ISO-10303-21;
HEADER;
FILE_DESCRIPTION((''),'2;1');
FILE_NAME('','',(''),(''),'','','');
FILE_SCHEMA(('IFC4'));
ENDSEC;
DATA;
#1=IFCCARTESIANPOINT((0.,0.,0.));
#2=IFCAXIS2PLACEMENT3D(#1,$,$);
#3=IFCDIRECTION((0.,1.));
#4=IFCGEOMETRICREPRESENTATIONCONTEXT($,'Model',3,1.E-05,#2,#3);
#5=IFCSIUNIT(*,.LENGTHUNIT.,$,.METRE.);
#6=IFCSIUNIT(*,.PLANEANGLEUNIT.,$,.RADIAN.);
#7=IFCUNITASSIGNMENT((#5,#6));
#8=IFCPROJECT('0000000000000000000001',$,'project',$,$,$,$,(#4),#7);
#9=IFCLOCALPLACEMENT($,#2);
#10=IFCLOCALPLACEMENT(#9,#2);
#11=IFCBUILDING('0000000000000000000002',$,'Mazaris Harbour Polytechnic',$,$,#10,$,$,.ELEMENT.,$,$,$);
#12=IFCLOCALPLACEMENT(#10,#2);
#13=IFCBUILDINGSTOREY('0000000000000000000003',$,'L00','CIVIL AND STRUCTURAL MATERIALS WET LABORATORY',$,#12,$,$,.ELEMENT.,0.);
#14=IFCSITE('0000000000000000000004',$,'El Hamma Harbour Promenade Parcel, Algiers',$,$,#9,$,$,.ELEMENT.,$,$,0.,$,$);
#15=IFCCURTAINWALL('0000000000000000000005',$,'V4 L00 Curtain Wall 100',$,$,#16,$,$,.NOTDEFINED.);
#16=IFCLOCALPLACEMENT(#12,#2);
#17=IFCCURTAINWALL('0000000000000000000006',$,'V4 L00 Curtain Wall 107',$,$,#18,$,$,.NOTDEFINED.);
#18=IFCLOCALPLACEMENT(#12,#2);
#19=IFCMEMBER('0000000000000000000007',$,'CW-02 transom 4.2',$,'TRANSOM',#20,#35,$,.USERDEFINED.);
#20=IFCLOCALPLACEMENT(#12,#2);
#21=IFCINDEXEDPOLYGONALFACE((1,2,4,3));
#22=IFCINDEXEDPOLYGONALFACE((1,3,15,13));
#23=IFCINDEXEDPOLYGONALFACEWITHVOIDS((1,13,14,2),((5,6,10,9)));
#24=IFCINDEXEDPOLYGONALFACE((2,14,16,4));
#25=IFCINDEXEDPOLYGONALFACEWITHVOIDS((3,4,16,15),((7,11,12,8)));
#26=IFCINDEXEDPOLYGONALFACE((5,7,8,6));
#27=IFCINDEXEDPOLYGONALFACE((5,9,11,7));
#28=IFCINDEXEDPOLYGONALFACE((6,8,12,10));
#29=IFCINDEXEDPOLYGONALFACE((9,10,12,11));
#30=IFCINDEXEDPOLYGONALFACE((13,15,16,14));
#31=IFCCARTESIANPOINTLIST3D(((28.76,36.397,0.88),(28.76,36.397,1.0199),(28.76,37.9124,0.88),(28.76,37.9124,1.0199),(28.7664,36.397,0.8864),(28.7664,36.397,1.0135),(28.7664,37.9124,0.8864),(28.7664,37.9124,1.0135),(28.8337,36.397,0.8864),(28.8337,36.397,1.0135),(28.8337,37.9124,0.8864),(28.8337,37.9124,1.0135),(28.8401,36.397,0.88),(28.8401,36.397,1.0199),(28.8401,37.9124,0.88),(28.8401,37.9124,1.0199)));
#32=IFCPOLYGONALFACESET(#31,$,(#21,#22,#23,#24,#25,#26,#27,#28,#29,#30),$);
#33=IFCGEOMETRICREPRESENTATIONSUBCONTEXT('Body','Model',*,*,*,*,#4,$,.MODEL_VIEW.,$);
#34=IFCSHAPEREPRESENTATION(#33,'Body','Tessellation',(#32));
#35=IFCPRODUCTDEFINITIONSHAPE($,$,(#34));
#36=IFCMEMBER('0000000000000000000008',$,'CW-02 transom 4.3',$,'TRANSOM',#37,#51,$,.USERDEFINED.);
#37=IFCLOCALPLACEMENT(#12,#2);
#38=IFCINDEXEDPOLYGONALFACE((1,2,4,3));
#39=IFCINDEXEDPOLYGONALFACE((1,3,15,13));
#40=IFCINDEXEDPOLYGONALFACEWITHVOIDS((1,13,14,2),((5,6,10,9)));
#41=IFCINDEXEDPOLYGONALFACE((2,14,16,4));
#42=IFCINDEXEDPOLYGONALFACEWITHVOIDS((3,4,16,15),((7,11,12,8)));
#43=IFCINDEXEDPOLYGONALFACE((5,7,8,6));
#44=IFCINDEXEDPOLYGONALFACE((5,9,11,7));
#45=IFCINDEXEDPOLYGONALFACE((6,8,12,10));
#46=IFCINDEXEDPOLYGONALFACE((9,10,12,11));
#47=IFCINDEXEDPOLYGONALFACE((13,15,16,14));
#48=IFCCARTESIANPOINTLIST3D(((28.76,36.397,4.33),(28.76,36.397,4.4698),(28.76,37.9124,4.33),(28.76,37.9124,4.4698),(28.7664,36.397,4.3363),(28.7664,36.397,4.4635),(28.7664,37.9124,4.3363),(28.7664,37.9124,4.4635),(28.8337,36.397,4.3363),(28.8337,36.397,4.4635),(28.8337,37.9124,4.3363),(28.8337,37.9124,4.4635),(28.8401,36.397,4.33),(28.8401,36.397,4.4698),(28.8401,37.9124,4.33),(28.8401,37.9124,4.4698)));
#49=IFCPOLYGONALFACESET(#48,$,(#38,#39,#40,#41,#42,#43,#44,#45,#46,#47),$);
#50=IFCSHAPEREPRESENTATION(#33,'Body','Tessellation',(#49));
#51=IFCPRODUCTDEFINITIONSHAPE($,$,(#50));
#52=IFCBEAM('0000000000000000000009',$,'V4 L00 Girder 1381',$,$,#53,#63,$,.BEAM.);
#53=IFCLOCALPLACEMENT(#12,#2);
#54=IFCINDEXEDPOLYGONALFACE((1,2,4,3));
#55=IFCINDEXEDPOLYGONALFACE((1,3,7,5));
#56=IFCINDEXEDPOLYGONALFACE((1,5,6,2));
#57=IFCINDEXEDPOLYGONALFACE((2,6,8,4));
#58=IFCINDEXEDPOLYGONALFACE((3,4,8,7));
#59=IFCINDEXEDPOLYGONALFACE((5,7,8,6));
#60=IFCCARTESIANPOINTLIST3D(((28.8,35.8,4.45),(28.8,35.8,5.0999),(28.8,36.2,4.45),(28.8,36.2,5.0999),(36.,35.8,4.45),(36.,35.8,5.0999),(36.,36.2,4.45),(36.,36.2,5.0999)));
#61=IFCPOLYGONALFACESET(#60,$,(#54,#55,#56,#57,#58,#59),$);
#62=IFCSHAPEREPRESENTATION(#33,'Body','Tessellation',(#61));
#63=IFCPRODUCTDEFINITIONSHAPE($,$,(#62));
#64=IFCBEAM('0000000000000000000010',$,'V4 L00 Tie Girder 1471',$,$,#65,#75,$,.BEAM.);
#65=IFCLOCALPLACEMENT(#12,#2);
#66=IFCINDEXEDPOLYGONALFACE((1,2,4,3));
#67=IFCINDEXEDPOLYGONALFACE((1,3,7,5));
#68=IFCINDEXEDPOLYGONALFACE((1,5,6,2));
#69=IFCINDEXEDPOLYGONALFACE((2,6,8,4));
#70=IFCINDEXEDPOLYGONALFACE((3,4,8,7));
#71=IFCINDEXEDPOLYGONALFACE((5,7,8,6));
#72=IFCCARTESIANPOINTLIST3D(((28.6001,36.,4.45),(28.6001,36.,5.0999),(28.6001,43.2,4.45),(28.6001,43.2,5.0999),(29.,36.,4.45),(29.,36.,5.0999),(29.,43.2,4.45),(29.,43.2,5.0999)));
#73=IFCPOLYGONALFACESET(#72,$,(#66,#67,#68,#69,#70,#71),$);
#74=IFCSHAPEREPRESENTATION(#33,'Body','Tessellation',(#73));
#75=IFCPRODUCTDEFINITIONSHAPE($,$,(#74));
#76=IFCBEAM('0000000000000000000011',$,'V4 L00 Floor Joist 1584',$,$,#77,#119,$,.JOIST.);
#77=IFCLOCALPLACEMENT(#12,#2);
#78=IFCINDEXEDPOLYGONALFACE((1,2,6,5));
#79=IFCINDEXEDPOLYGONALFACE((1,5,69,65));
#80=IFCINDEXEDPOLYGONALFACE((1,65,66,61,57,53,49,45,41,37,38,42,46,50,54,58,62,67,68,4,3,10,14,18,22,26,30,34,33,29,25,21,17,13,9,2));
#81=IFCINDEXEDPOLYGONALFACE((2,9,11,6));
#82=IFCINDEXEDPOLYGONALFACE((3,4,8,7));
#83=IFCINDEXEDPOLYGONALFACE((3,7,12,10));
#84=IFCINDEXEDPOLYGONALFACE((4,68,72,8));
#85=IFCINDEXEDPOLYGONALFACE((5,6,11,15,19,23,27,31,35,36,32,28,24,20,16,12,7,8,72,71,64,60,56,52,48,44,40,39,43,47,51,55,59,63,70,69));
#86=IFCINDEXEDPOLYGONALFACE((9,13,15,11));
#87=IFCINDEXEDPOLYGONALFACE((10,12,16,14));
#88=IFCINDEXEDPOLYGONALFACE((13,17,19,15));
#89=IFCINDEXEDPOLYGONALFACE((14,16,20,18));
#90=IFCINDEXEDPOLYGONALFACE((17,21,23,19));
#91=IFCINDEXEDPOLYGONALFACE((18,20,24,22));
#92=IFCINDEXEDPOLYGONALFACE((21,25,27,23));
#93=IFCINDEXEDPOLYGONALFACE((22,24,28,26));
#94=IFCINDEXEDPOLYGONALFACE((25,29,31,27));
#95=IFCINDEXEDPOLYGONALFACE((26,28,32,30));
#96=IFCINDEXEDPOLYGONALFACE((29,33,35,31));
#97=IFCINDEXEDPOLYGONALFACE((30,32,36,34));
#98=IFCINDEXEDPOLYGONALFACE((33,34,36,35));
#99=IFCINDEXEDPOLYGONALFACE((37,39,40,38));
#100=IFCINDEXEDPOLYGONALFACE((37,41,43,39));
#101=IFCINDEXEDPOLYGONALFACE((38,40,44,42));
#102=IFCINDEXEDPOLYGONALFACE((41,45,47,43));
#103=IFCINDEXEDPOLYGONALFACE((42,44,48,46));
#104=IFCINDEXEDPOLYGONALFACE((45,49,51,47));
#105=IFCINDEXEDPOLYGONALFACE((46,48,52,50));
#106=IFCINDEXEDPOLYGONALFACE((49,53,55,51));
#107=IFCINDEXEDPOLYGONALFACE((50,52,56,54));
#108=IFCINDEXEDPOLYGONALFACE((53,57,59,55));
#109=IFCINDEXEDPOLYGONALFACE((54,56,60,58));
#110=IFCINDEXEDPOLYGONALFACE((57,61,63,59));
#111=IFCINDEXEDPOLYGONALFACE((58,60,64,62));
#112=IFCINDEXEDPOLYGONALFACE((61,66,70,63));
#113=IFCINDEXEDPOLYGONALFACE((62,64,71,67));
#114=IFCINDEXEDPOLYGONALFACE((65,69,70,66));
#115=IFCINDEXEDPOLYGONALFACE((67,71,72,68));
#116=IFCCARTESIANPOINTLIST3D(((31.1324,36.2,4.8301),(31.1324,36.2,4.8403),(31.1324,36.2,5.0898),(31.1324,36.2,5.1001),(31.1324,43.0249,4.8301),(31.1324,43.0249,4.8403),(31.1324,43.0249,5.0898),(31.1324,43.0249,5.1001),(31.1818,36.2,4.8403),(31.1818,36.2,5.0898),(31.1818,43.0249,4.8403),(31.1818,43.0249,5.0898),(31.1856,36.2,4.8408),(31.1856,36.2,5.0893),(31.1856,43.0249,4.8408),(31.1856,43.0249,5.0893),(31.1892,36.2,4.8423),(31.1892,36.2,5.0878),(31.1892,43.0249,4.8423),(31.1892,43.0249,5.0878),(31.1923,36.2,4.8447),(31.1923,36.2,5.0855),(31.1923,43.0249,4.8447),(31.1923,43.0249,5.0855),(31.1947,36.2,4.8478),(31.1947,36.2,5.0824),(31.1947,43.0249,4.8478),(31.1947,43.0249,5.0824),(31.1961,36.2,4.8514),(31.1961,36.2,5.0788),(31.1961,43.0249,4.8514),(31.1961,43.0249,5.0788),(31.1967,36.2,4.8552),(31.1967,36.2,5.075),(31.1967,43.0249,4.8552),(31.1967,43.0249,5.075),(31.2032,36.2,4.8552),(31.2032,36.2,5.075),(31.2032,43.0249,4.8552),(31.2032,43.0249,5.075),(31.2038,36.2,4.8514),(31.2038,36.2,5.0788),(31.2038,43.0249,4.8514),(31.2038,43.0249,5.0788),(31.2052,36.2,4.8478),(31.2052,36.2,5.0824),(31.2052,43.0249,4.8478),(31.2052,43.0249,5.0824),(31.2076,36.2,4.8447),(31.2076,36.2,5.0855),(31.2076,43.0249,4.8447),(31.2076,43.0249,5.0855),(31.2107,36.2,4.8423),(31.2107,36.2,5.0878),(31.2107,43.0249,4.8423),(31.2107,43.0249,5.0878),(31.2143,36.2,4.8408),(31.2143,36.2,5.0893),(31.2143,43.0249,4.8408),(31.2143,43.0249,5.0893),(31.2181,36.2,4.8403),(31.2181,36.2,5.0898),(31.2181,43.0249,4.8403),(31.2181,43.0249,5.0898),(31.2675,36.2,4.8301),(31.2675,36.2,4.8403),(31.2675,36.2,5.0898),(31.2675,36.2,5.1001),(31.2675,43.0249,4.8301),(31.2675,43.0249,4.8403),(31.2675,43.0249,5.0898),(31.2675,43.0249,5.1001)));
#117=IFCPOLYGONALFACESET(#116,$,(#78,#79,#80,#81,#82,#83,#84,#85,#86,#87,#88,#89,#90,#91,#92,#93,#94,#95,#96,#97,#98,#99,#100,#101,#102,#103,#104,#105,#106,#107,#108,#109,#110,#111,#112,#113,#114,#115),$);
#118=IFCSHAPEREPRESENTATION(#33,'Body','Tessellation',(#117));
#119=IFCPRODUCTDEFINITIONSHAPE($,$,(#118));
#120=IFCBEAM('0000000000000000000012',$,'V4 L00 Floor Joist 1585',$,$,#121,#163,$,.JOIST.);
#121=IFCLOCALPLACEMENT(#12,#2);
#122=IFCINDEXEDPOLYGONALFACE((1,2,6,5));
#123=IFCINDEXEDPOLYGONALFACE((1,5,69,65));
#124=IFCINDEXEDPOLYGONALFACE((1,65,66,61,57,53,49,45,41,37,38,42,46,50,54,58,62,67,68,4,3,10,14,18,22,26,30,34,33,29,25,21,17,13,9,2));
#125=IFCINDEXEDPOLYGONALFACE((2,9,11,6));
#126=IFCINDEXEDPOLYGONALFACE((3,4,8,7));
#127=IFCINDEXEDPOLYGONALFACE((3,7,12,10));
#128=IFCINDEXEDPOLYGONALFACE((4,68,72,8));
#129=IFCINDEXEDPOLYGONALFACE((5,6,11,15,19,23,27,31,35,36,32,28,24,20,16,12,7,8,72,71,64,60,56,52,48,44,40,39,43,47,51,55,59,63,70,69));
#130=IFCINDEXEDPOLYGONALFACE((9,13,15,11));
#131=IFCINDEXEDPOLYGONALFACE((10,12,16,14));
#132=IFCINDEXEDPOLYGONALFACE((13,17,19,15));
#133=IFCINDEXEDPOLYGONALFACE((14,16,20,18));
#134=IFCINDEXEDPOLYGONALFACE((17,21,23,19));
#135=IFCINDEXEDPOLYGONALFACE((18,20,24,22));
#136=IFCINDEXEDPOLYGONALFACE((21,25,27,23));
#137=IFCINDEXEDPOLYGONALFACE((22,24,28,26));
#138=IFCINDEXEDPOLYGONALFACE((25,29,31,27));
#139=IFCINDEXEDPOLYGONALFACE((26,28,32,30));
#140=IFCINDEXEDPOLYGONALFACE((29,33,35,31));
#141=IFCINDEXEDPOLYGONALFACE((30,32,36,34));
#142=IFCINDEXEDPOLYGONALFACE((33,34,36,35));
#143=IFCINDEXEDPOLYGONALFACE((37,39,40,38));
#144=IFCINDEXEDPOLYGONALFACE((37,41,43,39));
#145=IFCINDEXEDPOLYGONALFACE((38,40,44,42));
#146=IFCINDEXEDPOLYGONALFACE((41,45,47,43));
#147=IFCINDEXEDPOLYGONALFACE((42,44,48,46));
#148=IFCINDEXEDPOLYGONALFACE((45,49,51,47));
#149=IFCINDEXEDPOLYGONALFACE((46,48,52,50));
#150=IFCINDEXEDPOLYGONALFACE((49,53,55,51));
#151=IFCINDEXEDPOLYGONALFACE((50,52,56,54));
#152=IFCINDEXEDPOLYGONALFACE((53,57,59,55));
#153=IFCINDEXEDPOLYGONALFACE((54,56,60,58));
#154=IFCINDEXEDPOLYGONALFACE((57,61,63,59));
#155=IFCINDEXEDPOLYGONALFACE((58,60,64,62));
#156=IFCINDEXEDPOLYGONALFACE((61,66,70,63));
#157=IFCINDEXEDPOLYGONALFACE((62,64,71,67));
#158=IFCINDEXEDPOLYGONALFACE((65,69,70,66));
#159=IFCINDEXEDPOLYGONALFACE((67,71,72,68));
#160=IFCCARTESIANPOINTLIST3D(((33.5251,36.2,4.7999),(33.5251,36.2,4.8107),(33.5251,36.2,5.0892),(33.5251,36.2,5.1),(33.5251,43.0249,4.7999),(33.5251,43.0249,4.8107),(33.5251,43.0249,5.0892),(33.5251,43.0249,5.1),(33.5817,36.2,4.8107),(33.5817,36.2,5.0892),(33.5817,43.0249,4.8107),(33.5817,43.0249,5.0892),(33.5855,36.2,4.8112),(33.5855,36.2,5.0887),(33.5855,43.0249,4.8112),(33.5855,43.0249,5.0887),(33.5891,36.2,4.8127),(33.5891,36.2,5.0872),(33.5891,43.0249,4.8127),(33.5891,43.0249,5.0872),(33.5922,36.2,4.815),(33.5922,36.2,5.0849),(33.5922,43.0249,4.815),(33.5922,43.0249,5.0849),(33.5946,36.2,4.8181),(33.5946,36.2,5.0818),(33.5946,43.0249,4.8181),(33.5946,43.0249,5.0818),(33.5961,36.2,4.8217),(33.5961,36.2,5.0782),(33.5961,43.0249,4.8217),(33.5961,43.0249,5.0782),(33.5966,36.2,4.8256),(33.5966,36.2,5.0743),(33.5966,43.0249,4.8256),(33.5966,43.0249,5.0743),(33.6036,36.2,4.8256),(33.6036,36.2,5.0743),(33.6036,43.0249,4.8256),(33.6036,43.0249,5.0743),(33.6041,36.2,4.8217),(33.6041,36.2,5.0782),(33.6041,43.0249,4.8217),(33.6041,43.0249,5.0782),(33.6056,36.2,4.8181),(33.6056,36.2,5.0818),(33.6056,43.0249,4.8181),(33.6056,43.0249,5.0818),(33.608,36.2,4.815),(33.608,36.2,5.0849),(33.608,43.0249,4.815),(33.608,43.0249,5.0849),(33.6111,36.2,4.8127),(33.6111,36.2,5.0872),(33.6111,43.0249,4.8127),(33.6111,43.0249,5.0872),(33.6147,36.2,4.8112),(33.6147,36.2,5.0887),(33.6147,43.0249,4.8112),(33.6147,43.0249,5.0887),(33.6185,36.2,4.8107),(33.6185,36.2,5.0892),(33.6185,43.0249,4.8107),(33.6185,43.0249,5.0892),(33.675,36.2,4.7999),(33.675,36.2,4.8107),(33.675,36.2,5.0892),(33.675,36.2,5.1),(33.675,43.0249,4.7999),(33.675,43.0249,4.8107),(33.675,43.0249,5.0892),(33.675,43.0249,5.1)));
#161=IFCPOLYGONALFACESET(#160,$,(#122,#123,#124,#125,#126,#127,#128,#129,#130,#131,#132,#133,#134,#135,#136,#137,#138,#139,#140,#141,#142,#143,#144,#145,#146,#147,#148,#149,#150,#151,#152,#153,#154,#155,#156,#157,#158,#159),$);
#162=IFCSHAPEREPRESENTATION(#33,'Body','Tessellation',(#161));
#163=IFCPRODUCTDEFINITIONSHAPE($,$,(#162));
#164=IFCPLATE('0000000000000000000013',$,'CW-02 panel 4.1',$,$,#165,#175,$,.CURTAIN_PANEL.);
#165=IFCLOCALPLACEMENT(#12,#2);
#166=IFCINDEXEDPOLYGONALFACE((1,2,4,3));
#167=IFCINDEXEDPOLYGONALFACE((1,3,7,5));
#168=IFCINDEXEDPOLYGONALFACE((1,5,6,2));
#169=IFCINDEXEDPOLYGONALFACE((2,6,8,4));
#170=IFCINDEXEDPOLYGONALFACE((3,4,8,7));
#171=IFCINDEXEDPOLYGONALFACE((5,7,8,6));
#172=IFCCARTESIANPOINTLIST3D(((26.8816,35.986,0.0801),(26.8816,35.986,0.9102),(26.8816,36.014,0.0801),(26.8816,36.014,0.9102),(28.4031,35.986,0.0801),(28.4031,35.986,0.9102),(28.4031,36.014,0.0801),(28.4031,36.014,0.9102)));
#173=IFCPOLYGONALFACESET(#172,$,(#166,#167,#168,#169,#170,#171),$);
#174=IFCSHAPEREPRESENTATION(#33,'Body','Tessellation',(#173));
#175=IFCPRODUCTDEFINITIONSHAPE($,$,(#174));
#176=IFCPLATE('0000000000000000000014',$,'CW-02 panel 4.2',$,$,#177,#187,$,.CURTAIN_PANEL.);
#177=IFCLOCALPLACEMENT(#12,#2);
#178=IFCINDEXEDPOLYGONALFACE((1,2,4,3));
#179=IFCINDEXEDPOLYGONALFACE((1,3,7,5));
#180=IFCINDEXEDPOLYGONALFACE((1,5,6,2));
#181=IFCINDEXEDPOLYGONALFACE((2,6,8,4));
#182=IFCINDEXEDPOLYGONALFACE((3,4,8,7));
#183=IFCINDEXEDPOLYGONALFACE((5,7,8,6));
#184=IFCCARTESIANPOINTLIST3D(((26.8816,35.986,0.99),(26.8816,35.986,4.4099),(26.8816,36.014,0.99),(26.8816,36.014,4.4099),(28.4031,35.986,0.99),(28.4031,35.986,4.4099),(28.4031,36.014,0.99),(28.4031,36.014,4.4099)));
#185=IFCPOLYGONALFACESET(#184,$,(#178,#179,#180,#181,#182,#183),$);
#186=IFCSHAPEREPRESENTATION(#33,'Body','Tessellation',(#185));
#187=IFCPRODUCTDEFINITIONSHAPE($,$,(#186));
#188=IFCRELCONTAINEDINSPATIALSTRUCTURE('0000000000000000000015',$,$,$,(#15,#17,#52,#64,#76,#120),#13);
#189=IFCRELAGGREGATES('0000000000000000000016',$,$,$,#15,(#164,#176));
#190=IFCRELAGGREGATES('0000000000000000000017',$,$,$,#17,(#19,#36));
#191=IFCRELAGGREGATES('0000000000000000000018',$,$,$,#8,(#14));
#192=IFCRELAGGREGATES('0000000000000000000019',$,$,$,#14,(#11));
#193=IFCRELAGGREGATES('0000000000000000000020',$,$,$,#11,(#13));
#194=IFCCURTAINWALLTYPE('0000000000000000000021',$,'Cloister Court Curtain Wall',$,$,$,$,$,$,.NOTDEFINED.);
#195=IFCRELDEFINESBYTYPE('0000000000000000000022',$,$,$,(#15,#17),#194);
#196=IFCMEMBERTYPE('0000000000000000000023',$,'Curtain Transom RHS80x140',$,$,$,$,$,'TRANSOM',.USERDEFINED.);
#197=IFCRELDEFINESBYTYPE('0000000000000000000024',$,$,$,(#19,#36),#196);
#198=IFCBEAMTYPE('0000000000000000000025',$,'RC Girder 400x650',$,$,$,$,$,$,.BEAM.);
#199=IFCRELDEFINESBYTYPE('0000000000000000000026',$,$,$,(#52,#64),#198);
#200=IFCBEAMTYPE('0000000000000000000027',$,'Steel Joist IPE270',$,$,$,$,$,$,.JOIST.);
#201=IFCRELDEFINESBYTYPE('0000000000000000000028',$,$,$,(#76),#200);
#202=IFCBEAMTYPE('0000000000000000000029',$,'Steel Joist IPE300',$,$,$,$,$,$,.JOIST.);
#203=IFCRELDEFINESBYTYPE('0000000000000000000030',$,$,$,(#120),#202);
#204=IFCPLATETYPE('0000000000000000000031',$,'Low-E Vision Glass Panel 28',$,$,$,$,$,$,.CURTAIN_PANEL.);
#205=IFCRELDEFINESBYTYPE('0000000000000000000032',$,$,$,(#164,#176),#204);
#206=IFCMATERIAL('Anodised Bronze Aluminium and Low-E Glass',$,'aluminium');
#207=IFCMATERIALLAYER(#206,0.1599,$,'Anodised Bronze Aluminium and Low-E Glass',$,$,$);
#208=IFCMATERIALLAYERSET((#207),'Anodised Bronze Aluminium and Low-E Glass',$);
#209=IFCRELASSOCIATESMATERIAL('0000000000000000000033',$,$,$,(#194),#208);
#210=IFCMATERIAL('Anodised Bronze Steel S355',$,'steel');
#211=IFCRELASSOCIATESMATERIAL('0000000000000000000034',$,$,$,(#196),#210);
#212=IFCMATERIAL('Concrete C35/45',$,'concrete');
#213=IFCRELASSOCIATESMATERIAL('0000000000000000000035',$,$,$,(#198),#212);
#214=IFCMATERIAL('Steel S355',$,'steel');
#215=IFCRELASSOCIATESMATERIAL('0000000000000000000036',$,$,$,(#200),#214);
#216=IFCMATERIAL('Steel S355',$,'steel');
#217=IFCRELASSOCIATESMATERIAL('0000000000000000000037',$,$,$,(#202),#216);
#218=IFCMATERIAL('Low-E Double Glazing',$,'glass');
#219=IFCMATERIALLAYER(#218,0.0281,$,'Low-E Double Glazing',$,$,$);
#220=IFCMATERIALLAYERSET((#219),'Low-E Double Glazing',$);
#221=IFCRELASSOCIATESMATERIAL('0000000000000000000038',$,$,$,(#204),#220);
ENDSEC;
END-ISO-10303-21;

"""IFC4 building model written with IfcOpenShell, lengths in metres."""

from ifc_helpers import new_model, si_unit, direction, frame, origin, origin_2d, place, context, subcontext, project, spatial, rectangle, hollow_rectangle, i_section, extrude, material, layer, layer_set, material_profile, profile_set, type_object, element, aggregate, save


model = new_model("IFC4")

# Units and contexts
model_context = context("Model", 3, precision=1e-05, world=origin(), true_north=direction((0.0, 1.0)))
body_context = subcontext(model_context, "Body", "Model", "MODEL_VIEW")
ifc_project = project(units=[si_unit("LENGTHUNIT", "METRE"), si_unit("PLANEANGLEUNIT", "RADIAN")], contexts=[model_context])

# Site, building, storey
site_placement = place(None, origin())
site = spatial("IfcSite", under=ifc_project, at=site_placement, Name="El Hamma Harbour Promenade Parcel, Algiers", CompositionType="ELEMENT", RefElevation=0.0)
building_placement = place(site_placement, origin())
building = spatial("IfcBuilding", under=site, at=building_placement, Name="Mazaris Harbour Polytechnic", CompositionType="ELEMENT")
storey_placement = place(building_placement, origin())
storey = spatial("IfcBuildingStorey", under=building, at=storey_placement, Name="L00", Description="CIVIL AND STRUCTURAL MATERIALS WET LABORATORY", CompositionType="ELEMENT", Elevation=0.0)

# Curtain wall
ifc_material_1 = material(Name="Anodised Bronze Aluminium and Low-E Glass", Category="aluminium")
ifc_layer_1 = layer(ifc_material_1, 0.1599, Name="Anodised Bronze Aluminium and Low-E Glass")
ifc_layer_set_1 = layer_set([ifc_layer_1], Name="Anodised Bronze Aluminium and Low-E Glass")
curtain_wall_type = type_object("IfcCurtainWallType", Name="Cloister Court Curtain Wall", PredefinedType="NOTDEFINED", material=ifc_layer_set_1)
curtain_wall_1_placement = place(storey_placement, origin())
curtain_wall_1 = element("IfcCurtainWall", 1, at=curtain_wall_1_placement, inside=storey, type_object=curtain_wall_type, Name="V4 L00 Curtain Wall 100", PredefinedType="NOTDEFINED")

# Curtain wall
curtain_wall_2_placement = place(storey_placement, origin())
curtain_wall_2 = element("IfcCurtainWall", 2, at=curtain_wall_2_placement, inside=storey, type_object=curtain_wall_type, Name="V4 L00 Curtain Wall 107", PredefinedType="NOTDEFINED")

# Members
ifc_material_2 = material(Name="Anodised Bronze Steel S355", Category="steel")
ifc_material_profile_1 = material_profile(ifc_material_2, hollow_rectangle(XDim=0.0801, YDim=0.1399, WallThickness=0.0063, at=origin_2d()), Name="RHS 80x140x6.3")
ifc_profile_set_1 = profile_set([ifc_material_profile_1], Name="Anodised Bronze Steel S355")
member_type_1 = type_object("IfcMemberType", Name="Curtain Transom RHS80x140", ElementType="TRANSOM", PredefinedType="USERDEFINED", material=ifc_profile_set_1)
member_1_placement = place(storey_placement, frame((28.8, 37.9124, 0.95), z_axis=(0.0, -1.0, 0.0), x_axis=(1.0, 0.0, 0.0)))
member_1 = element("IfcMember", 3, at=member_1_placement, type_object=member_type_1, Name="CW-02 transom 4.2", ObjectType="TRANSOM", PredefinedType="USERDEFINED", context=body_context, shape_type="SweptSolid", body=[
    extrude(hollow_rectangle(XDim=0.0801, YDim=0.1399, WallThickness=0.0063, at=origin_2d()), origin(), (0.0, 0.0, 1.0), 1.5154),
])
member_2_placement = place(storey_placement, frame((28.8, 37.9124, 4.3999), z_axis=(0.0, -1.0, 0.0), x_axis=(1.0, 0.0, 0.0)))
member_2 = element("IfcMember", 4, at=member_2_placement, type_object=member_type_1, Name="CW-02 transom 4.3", ObjectType="TRANSOM", PredefinedType="USERDEFINED", context=body_context, shape_type="SweptSolid", body=[
    extrude(hollow_rectangle(XDim=0.0801, YDim=0.1399, WallThickness=0.0063, at=origin_2d()), origin(), (0.0, 0.0, 1.0), 1.5154),
])

# Beams
ifc_material_3 = material(Name="Concrete C35/45", Category="concrete")
ifc_material_profile_2 = material_profile(ifc_material_3, rectangle(XDim=0.3999, YDim=0.6499, at=origin_2d()), Name="RECT400x650")
ifc_profile_set_2 = profile_set([ifc_material_profile_2], Name="Concrete C35/45")
beam_type_1 = type_object("IfcBeamType", Name="RC Girder 400x650", PredefinedType="BEAM", material=ifc_profile_set_2)
for number, where, z_axis, x_axis, name in (
    (5, (28.8, 36.0, 4.7749), (1.0, 0.0, 0.0), (0.0, 1.0, 0.0), "V4 L00 Girder 1381"),
    (6, (28.8, 36.0, 4.7749), (0.0, 1.0, 0.0), (-1.0, 0.0, 0.0), "V4 L00 Tie Girder 1471"),
):
    element("IfcBeam", number, at=place(storey_placement, frame(where, z_axis=z_axis, x_axis=x_axis)), inside=storey, type_object=beam_type_1, Name=name, PredefinedType="BEAM", context=body_context, shape_type="SweptSolid", body=[
        extrude(rectangle(XDim=0.3999, YDim=0.6499, at=origin_2d()), origin(), (0.0, 0.0, 1.0), 7.2),
    ])
ifc_material_4 = material(Name="Steel S355", Category="steel")
ifc_material_profile_3 = material_profile(ifc_material_4, i_section(OverallWidth=0.135, OverallDepth=0.27, WebThickness=0.0066, FlangeThickness=0.0103, FilletRadius=0.0149, at=origin_2d()), Name="IPE 270")
ifc_profile_set_3 = profile_set([ifc_material_profile_3], Name="Steel S355")
beam_type_2 = type_object("IfcBeamType", Name="Steel Joist IPE270", PredefinedType="JOIST", material=ifc_profile_set_3)
beam_1_placement = place(storey_placement, frame((31.2, 36.2, 4.9651), z_axis=(0.0, 1.0, 0.0), x_axis=(-1.0, 0.0, 0.0)))
element("IfcBeam", 7, at=beam_1_placement, inside=storey, type_object=beam_type_2, Name="V4 L00 Floor Joist 1584", PredefinedType="JOIST", context=body_context, shape_type="SweptSolid", body=[
    extrude(i_section(OverallWidth=0.135, OverallDepth=0.27, WebThickness=0.0066, FlangeThickness=0.0103, FilletRadius=0.0149, at=origin_2d()), origin(), (0.0, 0.0, 1.0), 6.825),
])
ifc_material_5 = material(Name="Steel S355", Category="steel")
ifc_material_profile_4 = material_profile(ifc_material_5, i_section(OverallWidth=0.1499, OverallDepth=0.3, WebThickness=0.0071, FlangeThickness=0.0107, FilletRadius=0.0149, at=origin_2d()), Name="IPE 300")
ifc_profile_set_4 = profile_set([ifc_material_profile_4], Name="Steel S355")
beam_type_3 = type_object("IfcBeamType", Name="Steel Joist IPE300", PredefinedType="JOIST", material=ifc_profile_set_4)
beam_2_placement = place(storey_placement, frame((33.6001, 36.2, 4.95), z_axis=(0.0, 1.0, 0.0), x_axis=(-1.0, 0.0, 0.0)))
element("IfcBeam", 8, at=beam_2_placement, inside=storey, type_object=beam_type_3, Name="V4 L00 Floor Joist 1585", PredefinedType="JOIST", context=body_context, shape_type="SweptSolid", body=[
    extrude(i_section(OverallWidth=0.1499, OverallDepth=0.3, WebThickness=0.0071, FlangeThickness=0.0107, FilletRadius=0.0149, at=origin_2d()), origin(), (0.0, 0.0, 1.0), 6.825),
])

# Plates
ifc_material_6 = material(Name="Low-E Double Glazing", Category="glass")
ifc_layer_2 = layer(ifc_material_6, 0.0281, Name="Low-E Double Glazing")
ifc_layer_set_2 = layer_set([ifc_layer_2], Name="Low-E Double Glazing")
plate_type = type_object("IfcPlateType", Name="Low-E Vision Glass Panel 28", PredefinedType="CURTAIN_PANEL", material=ifc_layer_set_2)
plate_1_placement = place(storey_placement, frame((27.6423, 36.0, 0.0801), z_axis=(0.0, 0.0, 1.0), x_axis=(1.0, 0.0, 0.0)))
plate_1 = element("IfcPlate", 9, at=plate_1_placement, type_object=plate_type, Name="CW-02 panel 4.1", PredefinedType="CURTAIN_PANEL", context=body_context, shape_type="SweptSolid", body=[
    extrude(rectangle(XDim=1.5215, YDim=0.0281, at=origin_2d()), origin(), (0.0, 0.0, 1.0), 0.8301),
])
plate_2_placement = place(storey_placement, frame((27.6423, 36.0, 0.99), z_axis=(0.0, 0.0, 1.0), x_axis=(1.0, 0.0, 0.0)))
plate_2 = element("IfcPlate", 10, at=plate_2_placement, type_object=plate_type, Name="CW-02 panel 4.2", PredefinedType="CURTAIN_PANEL", context=body_context, shape_type="SweptSolid", body=[
    extrude(rectangle(XDim=1.5215, YDim=0.0281, at=origin_2d()), origin(), (0.0, 0.0, 1.0), 3.4199),
])
aggregate(curtain_wall_1, [plate_1, plate_2])
aggregate(curtain_wall_2, [member_1, member_2])

save(model, "model.ifc")
